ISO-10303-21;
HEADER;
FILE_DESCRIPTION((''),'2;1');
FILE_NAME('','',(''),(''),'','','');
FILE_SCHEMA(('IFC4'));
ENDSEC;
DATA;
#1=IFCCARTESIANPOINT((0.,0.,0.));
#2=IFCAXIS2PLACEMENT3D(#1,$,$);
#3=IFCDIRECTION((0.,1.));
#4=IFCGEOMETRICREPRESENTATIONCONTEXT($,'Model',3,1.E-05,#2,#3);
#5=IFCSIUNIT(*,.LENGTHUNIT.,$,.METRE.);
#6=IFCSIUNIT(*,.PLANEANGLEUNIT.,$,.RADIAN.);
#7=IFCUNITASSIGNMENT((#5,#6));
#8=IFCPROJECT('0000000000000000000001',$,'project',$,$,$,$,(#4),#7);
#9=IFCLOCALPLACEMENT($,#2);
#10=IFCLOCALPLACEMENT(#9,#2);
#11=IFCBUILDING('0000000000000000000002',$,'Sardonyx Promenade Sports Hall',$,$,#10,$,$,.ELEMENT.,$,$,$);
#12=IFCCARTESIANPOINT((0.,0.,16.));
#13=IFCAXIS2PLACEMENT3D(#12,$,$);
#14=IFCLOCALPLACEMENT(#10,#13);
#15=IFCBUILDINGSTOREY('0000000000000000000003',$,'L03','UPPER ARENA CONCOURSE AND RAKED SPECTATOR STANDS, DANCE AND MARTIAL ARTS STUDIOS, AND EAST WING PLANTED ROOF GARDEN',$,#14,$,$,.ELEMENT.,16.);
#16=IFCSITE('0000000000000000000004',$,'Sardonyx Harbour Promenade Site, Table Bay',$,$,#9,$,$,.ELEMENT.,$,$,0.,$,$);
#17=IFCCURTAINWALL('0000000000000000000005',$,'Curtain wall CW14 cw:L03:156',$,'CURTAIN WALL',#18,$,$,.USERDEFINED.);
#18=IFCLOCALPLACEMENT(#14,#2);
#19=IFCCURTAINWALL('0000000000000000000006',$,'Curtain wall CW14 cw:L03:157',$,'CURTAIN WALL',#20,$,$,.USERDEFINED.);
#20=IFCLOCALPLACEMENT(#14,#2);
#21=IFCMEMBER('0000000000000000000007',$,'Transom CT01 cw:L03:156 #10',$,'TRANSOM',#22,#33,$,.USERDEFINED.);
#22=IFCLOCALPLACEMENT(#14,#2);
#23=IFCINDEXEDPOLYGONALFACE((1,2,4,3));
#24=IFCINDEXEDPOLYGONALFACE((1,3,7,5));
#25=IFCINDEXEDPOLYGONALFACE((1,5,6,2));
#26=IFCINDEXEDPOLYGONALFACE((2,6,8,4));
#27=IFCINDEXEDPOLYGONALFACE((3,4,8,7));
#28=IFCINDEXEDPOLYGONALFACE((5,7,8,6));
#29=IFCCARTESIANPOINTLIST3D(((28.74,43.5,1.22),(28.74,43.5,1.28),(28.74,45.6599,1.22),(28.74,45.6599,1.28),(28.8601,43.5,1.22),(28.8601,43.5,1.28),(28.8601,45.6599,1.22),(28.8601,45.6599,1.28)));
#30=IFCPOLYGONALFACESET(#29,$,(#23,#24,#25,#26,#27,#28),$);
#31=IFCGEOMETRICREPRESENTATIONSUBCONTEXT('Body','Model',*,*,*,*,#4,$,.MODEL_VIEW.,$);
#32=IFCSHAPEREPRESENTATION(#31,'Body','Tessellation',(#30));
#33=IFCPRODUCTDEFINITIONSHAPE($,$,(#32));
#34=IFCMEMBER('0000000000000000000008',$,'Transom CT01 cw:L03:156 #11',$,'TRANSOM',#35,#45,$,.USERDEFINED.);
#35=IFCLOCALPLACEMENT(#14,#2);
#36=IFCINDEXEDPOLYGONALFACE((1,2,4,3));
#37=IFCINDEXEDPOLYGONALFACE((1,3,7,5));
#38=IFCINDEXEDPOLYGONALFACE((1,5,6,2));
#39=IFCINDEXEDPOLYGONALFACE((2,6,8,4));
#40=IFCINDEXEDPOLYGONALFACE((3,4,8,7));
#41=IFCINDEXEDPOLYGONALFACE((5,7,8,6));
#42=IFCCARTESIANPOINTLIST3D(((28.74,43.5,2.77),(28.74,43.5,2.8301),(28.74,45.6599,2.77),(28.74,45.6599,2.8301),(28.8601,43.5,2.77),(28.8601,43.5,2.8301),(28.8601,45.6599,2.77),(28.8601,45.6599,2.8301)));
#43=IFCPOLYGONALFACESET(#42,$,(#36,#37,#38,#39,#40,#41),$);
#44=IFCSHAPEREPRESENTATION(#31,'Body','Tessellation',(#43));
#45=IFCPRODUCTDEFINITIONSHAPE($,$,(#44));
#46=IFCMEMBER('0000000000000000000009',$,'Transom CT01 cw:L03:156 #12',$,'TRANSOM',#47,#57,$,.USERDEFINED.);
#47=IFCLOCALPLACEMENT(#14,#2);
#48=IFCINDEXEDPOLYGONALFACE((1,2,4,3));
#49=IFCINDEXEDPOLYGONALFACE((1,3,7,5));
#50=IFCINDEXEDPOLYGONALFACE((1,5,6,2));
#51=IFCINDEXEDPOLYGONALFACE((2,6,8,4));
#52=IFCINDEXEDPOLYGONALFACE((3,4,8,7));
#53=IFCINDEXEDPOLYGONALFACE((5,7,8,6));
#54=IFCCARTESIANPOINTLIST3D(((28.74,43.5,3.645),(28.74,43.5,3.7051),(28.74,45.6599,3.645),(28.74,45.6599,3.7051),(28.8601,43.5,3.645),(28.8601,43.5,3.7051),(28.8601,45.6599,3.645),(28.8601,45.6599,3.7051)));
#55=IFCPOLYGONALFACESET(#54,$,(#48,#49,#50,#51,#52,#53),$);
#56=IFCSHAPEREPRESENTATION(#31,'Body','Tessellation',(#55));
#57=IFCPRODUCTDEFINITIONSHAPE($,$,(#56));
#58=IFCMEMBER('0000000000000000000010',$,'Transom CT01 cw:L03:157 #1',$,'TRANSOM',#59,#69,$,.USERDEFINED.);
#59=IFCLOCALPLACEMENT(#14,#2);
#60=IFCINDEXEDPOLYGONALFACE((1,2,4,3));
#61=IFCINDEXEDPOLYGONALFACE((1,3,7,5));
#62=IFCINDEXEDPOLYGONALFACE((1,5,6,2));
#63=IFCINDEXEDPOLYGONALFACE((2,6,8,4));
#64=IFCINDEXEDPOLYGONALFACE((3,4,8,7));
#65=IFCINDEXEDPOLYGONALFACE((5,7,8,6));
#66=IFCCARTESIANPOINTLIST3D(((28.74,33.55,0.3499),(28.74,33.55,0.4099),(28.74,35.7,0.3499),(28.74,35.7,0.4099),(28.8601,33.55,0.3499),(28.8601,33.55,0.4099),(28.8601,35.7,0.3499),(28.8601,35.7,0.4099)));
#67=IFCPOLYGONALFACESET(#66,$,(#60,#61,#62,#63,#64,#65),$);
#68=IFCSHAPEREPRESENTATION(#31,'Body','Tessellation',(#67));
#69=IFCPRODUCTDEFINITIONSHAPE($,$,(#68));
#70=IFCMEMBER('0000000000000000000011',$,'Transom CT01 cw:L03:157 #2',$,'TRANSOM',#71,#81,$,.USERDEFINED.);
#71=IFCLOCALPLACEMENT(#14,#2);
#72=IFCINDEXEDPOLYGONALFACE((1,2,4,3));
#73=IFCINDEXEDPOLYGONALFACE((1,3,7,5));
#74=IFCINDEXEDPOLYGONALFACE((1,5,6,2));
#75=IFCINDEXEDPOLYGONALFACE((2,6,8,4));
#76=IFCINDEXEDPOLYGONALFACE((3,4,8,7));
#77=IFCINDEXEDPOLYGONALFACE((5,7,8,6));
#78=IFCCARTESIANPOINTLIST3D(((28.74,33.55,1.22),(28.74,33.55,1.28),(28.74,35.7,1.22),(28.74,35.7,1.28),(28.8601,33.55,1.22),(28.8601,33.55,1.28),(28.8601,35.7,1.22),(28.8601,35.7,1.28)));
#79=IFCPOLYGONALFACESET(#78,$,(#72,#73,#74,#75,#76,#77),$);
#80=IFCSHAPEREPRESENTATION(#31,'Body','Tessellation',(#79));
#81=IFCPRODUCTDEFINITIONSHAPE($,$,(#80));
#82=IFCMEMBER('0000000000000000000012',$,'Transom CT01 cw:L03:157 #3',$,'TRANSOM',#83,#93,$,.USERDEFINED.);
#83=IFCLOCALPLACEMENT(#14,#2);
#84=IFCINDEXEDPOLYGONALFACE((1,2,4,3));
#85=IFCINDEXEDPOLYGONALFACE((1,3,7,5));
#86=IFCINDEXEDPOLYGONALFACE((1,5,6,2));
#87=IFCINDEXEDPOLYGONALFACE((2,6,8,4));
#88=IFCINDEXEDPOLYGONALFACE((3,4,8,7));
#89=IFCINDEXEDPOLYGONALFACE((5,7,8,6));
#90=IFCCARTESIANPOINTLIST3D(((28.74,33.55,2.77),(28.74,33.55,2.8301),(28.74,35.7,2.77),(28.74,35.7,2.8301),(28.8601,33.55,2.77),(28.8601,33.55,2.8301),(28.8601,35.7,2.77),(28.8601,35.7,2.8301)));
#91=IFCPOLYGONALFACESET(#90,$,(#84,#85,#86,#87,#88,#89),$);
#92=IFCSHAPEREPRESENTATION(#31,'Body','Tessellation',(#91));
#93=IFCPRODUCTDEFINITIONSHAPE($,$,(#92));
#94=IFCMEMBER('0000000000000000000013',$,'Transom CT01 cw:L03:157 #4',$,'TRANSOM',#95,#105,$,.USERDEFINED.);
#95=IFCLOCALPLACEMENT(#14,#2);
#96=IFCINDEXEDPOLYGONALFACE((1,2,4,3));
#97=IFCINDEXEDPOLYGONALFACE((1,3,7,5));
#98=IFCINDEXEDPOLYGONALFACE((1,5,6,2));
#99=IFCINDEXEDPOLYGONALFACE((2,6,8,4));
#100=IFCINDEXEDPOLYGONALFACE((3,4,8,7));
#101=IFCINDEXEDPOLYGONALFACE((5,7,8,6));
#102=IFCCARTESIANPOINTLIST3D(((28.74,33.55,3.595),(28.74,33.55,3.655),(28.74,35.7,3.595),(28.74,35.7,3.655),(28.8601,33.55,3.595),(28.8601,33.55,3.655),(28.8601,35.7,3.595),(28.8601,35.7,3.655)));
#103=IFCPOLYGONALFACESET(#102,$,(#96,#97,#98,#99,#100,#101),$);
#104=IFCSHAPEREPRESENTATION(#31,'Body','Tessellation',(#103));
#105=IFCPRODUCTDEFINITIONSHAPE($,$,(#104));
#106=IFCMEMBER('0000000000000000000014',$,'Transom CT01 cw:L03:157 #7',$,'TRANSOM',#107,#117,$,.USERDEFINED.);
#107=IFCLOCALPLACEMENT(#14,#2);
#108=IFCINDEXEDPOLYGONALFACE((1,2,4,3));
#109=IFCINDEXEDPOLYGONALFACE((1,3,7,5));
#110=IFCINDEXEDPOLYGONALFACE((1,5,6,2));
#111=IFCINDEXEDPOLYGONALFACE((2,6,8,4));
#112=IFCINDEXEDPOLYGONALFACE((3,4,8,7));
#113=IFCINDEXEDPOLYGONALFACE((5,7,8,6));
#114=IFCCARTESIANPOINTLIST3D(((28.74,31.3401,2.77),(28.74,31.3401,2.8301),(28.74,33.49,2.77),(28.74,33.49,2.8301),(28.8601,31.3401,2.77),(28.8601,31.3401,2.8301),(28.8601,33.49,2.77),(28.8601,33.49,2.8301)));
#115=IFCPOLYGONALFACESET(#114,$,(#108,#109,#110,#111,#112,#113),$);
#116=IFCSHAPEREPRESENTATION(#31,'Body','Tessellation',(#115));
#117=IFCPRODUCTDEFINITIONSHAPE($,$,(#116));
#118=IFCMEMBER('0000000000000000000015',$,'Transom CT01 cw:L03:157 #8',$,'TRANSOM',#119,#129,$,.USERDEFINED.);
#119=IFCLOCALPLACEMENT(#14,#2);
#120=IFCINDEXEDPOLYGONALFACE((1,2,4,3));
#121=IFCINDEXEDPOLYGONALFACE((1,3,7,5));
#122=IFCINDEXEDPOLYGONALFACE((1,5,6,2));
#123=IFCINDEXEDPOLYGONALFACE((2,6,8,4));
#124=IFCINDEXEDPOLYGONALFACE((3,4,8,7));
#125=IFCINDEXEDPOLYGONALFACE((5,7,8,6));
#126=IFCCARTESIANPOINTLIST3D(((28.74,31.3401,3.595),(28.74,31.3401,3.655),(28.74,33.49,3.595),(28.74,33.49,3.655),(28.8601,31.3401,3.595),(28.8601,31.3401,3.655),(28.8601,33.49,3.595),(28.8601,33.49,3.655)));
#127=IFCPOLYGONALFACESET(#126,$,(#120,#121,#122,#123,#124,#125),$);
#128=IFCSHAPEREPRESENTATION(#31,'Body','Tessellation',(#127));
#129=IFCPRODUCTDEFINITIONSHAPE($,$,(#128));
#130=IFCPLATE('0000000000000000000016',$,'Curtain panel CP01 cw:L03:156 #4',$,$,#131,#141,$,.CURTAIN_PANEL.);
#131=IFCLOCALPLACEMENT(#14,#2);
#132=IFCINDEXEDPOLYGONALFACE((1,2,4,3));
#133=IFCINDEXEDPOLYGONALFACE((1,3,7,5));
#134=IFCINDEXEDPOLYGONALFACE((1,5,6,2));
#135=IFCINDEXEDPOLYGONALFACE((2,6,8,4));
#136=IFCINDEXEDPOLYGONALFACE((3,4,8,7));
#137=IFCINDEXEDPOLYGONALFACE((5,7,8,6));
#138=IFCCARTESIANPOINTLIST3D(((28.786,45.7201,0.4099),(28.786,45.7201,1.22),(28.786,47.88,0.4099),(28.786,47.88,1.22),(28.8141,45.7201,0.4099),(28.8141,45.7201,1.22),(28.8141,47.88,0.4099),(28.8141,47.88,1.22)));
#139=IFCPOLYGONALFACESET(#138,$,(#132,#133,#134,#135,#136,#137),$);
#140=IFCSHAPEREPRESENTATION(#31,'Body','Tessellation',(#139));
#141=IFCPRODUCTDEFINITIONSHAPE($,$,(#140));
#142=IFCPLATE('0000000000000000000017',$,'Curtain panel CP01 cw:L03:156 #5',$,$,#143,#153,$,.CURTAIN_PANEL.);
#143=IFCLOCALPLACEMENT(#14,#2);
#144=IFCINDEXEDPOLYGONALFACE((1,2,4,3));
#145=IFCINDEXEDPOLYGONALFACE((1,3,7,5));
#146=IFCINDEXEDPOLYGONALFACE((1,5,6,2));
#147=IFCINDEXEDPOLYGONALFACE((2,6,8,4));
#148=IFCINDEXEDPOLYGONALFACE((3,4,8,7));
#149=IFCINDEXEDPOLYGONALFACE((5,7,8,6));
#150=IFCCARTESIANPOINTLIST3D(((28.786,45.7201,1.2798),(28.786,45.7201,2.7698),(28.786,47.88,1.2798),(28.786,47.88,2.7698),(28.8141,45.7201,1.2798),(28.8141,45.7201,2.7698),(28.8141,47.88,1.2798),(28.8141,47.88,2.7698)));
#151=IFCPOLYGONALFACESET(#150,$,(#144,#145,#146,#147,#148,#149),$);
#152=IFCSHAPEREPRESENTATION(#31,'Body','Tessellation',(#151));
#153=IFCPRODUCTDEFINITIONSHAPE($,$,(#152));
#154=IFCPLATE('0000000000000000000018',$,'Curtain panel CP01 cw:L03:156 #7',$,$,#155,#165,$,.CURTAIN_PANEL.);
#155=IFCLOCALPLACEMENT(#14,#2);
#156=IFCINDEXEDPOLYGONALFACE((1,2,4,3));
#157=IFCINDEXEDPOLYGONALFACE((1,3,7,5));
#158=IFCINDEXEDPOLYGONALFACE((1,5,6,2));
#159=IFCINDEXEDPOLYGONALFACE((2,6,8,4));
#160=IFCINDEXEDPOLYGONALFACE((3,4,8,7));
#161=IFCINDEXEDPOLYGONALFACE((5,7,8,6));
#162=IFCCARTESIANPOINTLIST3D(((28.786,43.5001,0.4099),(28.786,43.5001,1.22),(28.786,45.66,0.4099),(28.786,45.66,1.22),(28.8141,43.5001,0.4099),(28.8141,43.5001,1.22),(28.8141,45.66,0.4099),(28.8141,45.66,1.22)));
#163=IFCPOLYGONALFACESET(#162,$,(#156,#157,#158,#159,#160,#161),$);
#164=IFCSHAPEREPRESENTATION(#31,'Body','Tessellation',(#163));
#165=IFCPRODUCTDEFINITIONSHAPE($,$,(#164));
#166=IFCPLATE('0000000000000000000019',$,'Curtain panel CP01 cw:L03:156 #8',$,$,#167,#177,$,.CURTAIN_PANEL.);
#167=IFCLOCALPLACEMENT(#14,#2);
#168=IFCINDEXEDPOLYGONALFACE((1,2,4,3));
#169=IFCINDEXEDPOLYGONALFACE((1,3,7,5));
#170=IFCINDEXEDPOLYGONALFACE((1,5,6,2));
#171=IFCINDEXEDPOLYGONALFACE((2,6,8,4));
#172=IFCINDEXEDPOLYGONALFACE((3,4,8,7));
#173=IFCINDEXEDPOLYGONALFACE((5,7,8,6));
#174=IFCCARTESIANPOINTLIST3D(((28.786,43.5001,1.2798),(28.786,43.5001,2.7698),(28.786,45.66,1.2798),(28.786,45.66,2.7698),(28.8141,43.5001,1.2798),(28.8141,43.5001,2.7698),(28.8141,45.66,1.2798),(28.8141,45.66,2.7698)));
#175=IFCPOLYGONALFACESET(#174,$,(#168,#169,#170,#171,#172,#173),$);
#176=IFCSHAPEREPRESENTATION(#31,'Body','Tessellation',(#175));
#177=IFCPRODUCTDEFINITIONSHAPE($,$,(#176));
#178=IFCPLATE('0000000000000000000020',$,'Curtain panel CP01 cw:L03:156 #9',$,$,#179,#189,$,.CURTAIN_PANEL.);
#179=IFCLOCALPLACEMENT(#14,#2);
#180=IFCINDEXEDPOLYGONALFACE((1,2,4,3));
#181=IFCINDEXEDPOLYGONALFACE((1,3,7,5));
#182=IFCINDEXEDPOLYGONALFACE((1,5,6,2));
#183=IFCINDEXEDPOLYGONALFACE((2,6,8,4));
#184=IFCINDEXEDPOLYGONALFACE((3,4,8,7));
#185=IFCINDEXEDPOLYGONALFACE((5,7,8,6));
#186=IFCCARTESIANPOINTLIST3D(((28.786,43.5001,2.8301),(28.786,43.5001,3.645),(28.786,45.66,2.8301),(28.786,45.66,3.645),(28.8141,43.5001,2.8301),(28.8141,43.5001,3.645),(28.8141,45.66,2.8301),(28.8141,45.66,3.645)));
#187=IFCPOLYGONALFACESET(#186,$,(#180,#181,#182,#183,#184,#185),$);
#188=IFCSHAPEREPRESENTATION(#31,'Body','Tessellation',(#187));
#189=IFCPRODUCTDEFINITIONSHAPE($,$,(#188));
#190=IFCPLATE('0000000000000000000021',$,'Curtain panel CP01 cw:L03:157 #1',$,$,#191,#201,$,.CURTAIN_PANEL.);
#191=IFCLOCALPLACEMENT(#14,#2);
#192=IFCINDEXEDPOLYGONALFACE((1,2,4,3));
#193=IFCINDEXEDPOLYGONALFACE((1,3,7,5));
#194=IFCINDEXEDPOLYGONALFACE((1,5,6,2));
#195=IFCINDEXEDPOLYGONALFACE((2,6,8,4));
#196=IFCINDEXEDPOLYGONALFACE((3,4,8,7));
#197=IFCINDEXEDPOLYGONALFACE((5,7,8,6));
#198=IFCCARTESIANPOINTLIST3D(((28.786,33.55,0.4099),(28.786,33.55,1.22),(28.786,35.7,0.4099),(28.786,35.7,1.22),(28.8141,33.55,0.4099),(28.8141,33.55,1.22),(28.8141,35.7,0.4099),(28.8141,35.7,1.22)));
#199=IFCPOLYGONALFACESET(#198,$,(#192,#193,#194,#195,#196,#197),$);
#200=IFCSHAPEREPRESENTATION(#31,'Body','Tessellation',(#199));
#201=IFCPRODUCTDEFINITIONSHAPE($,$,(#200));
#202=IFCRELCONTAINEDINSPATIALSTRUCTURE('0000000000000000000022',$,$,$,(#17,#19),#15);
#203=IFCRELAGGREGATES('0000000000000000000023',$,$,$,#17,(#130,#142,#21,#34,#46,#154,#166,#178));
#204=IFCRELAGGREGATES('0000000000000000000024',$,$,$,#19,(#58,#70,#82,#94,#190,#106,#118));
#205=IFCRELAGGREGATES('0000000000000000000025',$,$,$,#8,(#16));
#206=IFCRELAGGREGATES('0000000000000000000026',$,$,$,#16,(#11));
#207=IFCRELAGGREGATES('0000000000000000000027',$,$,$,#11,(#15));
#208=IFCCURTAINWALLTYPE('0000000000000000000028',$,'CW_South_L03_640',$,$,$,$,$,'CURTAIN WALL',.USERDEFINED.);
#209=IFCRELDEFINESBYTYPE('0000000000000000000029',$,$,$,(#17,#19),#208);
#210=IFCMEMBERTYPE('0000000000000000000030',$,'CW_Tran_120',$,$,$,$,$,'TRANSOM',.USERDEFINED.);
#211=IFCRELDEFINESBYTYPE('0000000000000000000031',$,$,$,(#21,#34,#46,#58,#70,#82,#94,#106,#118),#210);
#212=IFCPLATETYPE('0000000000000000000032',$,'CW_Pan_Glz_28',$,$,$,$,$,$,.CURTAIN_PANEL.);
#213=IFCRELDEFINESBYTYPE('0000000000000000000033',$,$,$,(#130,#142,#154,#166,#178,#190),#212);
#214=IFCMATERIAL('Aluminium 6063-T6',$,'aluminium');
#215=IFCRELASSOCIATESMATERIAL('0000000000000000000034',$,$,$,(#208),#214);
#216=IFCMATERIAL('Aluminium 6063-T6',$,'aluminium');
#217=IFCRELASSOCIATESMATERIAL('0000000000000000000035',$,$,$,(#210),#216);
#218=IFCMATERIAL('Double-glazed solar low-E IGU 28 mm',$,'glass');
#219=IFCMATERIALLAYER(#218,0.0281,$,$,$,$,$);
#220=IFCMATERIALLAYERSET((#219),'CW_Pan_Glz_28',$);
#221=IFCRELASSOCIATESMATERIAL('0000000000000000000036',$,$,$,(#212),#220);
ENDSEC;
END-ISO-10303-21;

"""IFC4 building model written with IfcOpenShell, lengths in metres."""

from ifc_helpers import new_model, si_unit, direction, frame, origin, origin_2d, place, context, subcontext, project, spatial, rectangle, extrude, material, layer, layer_set, material_profile, profile_set, type_object, element, aggregate, save


model = new_model("IFC4")

# Units and contexts
model_context = context("Model", 3, precision=1e-05, world=origin(), true_north=direction((0.0, 1.0)))
body_context = subcontext(model_context, "Body", "Model", "MODEL_VIEW")
ifc_project = project(units=[si_unit("LENGTHUNIT", "METRE"), si_unit("PLANEANGLEUNIT", "RADIAN")], contexts=[model_context])

# Site, building, storey
site_placement = place(None, origin())
site = spatial("IfcSite", under=ifc_project, at=site_placement, Name="Sardonyx Harbour Promenade Site, Table Bay", CompositionType="ELEMENT", RefElevation=0.0)
building_placement = place(site_placement, origin())
building = spatial("IfcBuilding", under=site, at=building_placement, Name="Sardonyx Promenade Sports Hall", CompositionType="ELEMENT")
storey_placement = place(building_placement, frame((0.0, 0.0, 16.0)))
storey = spatial("IfcBuildingStorey", under=building, at=storey_placement, Name="L03", Description="UPPER ARENA CONCOURSE AND RAKED SPECTATOR STANDS, DANCE AND MARTIAL ARTS STUDIOS, AND EAST WING PLANTED ROOF GARDEN", CompositionType="ELEMENT", Elevation=16.0)

# Curtain walls
ifc_material_1 = material(Name="Aluminium 6063-T6", Category="aluminium")
curtain_wall_type = type_object("IfcCurtainWallType", Name="CW_South_L03_640", ElementType="CURTAIN WALL", PredefinedType="USERDEFINED", material=ifc_material_1)
curtain_wall_1_placement = place(storey_placement, origin())
curtain_wall_1 = element("IfcCurtainWall", 1, at=curtain_wall_1_placement, inside=storey, type_object=curtain_wall_type, Name="Curtain wall CW14 cw:L03:156", ObjectType="CURTAIN WALL", PredefinedType="USERDEFINED")
curtain_wall_2_placement = place(storey_placement, origin())
curtain_wall_2 = element("IfcCurtainWall", 2, at=curtain_wall_2_placement, inside=storey, type_object=curtain_wall_type, Name="Curtain wall CW14 cw:L03:157", ObjectType="CURTAIN WALL", PredefinedType="USERDEFINED")

# Members
ifc_material_2 = material(Name="Aluminium 6063-T6", Category="aluminium")
ifc_material_profile_1 = material_profile(ifc_material_2, rectangle(XDim=0.0601, YDim=0.1201, at=origin_2d()))
ifc_profile_set_1 = profile_set([ifc_material_profile_1], Name="Aluminium 6063-T6")
member_type_1 = type_object("IfcMemberType", Name="CW_Tran_120", ElementType="TRANSOM", PredefinedType="USERDEFINED", material=ifc_profile_set_1)
member_1_placement = place(storey_placement, frame((28.8, 45.6599, 1.25), z_axis=(0.0, -1.0, 0.0), x_axis=(0.0, 0.0, 1.0)))
member_1 = element("IfcMember", 3, at=member_1_placement, type_object=member_type_1, Name="Transom CT01 cw:L03:156 #10", ObjectType="TRANSOM", PredefinedType="USERDEFINED", context=body_context, shape_type="SweptSolid", body=[
    extrude(rectangle(XDim=0.0601, YDim=0.1201, at=origin_2d()), origin(), (0.0, 0.0, 1.0), 2.1599),
])
member_2_placement = place(storey_placement, frame((28.8, 45.6599, 2.8), z_axis=(0.0, -1.0, 0.0), x_axis=(0.0, 0.0, 1.0)))
member_2 = element("IfcMember", 4, at=member_2_placement, type_object=member_type_1, Name="Transom CT01 cw:L03:156 #11", ObjectType="TRANSOM", PredefinedType="USERDEFINED", context=body_context, shape_type="SweptSolid", body=[
    extrude(rectangle(XDim=0.0601, YDim=0.1201, at=origin_2d()), origin(), (0.0, 0.0, 1.0), 2.1599),
])
member_3_placement = place(storey_placement, frame((28.8, 45.6599, 3.675), z_axis=(0.0, -1.0, 0.0), x_axis=(0.0, 0.0, 1.0)))
member_3 = element("IfcMember", 5, at=member_3_placement, type_object=member_type_1, Name="Transom CT01 cw:L03:156 #12", ObjectType="TRANSOM", PredefinedType="USERDEFINED", context=body_context, shape_type="SweptSolid", body=[
    extrude(rectangle(XDim=0.0601, YDim=0.1201, at=origin_2d()), origin(), (0.0, 0.0, 1.0), 2.1599),
])
member_4_placement = place(storey_placement, frame((28.8, 35.7, 0.3799), z_axis=(0.0, -1.0, 0.0), x_axis=(0.0, 0.0, 1.0)))
member_4 = element("IfcMember", 6, at=member_4_placement, type_object=member_type_1, Name="Transom CT01 cw:L03:157 #1", ObjectType="TRANSOM", PredefinedType="USERDEFINED", context=body_context, shape_type="SweptSolid", body=[
    extrude(rectangle(XDim=0.0601, YDim=0.1201, at=origin_2d()), origin(), (0.0, 0.0, 1.0), 2.1499),
])
member_5_placement = place(storey_placement, frame((28.8, 35.7, 1.25), z_axis=(0.0, -1.0, 0.0), x_axis=(0.0, 0.0, 1.0)))
member_5 = element("IfcMember", 7, at=member_5_placement, type_object=member_type_1, Name="Transom CT01 cw:L03:157 #2", ObjectType="TRANSOM", PredefinedType="USERDEFINED", context=body_context, shape_type="SweptSolid", body=[
    extrude(rectangle(XDim=0.0601, YDim=0.1201, at=origin_2d()), origin(), (0.0, 0.0, 1.0), 2.1499),
])
member_6_placement = place(storey_placement, frame((28.8, 35.7, 2.8), z_axis=(0.0, -1.0, 0.0), x_axis=(0.0, 0.0, 1.0)))
member_6 = element("IfcMember", 8, at=member_6_placement, type_object=member_type_1, Name="Transom CT01 cw:L03:157 #3", ObjectType="TRANSOM", PredefinedType="USERDEFINED", context=body_context, shape_type="SweptSolid", body=[
    extrude(rectangle(XDim=0.0601, YDim=0.1201, at=origin_2d()), origin(), (0.0, 0.0, 1.0), 2.1499),
])
member_7_placement = place(storey_placement, frame((28.8, 35.7, 3.625), z_axis=(0.0, -1.0, 0.0), x_axis=(0.0, 0.0, 1.0)))
member_7 = element("IfcMember", 9, at=member_7_placement, type_object=member_type_1, Name="Transom CT01 cw:L03:157 #4", ObjectType="TRANSOM", PredefinedType="USERDEFINED", context=body_context, shape_type="SweptSolid", body=[
    extrude(rectangle(XDim=0.0601, YDim=0.1201, at=origin_2d()), origin(), (0.0, 0.0, 1.0), 2.1499),
])
member_8_placement = place(storey_placement, frame((28.8, 33.49, 2.8), z_axis=(0.0, -1.0, 0.0), x_axis=(0.0, 0.0, 1.0)))
member_8 = element("IfcMember", 10, at=member_8_placement, type_object=member_type_1, Name="Transom CT01 cw:L03:157 #7", ObjectType="TRANSOM", PredefinedType="USERDEFINED", context=body_context, shape_type="SweptSolid", body=[
    extrude(rectangle(XDim=0.0601, YDim=0.1201, at=origin_2d()), origin(), (0.0, 0.0, 1.0), 2.1499),
])
member_9_placement = place(storey_placement, frame((28.8, 33.49, 3.625), z_axis=(0.0, -1.0, 0.0), x_axis=(0.0, 0.0, 1.0)))
member_9 = element("IfcMember", 11, at=member_9_placement, type_object=member_type_1, Name="Transom CT01 cw:L03:157 #8", ObjectType="TRANSOM", PredefinedType="USERDEFINED", context=body_context, shape_type="SweptSolid", body=[
    extrude(rectangle(XDim=0.0601, YDim=0.1201, at=origin_2d()), origin(), (0.0, 0.0, 1.0), 2.1499),
])

# Plates
ifc_material_3 = material(Name="Double-glazed solar low-E IGU 28 mm", Category="glass")
ifc_layer_1 = layer(ifc_material_3, 0.0281)
ifc_layer_set_1 = layer_set([ifc_layer_1], Name="CW_Pan_Glz_28")
plate_type = type_object("IfcPlateType", Name="CW_Pan_Glz_28", PredefinedType="CURTAIN_PANEL", material=ifc_layer_set_1)
plate_1_placement = place(storey_placement, frame((28.8, 46.8, 0.4099), z_axis=(0.0, 0.0, 1.0), x_axis=(0.0, -1.0, 0.0)))
plate_1 = element("IfcPlate", 12, at=plate_1_placement, type_object=plate_type, Name="Curtain panel CP01 cw:L03:156 #4", PredefinedType="CURTAIN_PANEL", context=body_context, shape_type="SweptSolid", body=[
    extrude(rectangle(XDim=2.1599, YDim=0.0281, at=origin_2d()), origin(), (0.0, 0.0, 1.0), 0.8101),
])
plate_2_placement = place(storey_placement, frame((28.8, 46.8, 1.2798), z_axis=(0.0, 0.0, 1.0), x_axis=(0.0, -1.0, 0.0)))
plate_2 = element("IfcPlate", 13, at=plate_2_placement, type_object=plate_type, Name="Curtain panel CP01 cw:L03:156 #5", PredefinedType="CURTAIN_PANEL", context=body_context, shape_type="SweptSolid", body=[
    extrude(rectangle(XDim=2.1599, YDim=0.0281, at=origin_2d()), origin(), (0.0, 0.0, 1.0), 1.49),
])
plate_3_placement = place(storey_placement, frame((28.8, 44.5801, 0.4099), z_axis=(0.0, 0.0, 1.0), x_axis=(0.0, -1.0, 0.0)))
plate_3 = element("IfcPlate", 14, at=plate_3_placement, type_object=plate_type, Name="Curtain panel CP01 cw:L03:156 #7", PredefinedType="CURTAIN_PANEL", context=body_context, shape_type="SweptSolid", body=[
    extrude(rectangle(XDim=2.1599, YDim=0.0281, at=origin_2d()), origin(), (0.0, 0.0, 1.0), 0.8101),
])
plate_4_placement = place(storey_placement, frame((28.8, 44.5801, 1.2798), z_axis=(0.0, 0.0, 1.0), x_axis=(0.0, -1.0, 0.0)))
plate_4 = element("IfcPlate", 15, at=plate_4_placement, type_object=plate_type, Name="Curtain panel CP01 cw:L03:156 #8", PredefinedType="CURTAIN_PANEL", context=body_context, shape_type="SweptSolid", body=[
    extrude(rectangle(XDim=2.1599, YDim=0.0281, at=origin_2d()), origin(), (0.0, 0.0, 1.0), 1.49),
])
plate_5_placement = place(storey_placement, frame((28.8, 44.5801, 2.8301), z_axis=(0.0, 0.0, 1.0), x_axis=(0.0, -1.0, 0.0)))
plate_5 = element("IfcPlate", 16, at=plate_5_placement, type_object=plate_type, Name="Curtain panel CP01 cw:L03:156 #9", PredefinedType="CURTAIN_PANEL", context=body_context, shape_type="SweptSolid", body=[
    extrude(rectangle(XDim=2.1599, YDim=0.0281, at=origin_2d()), origin(), (0.0, 0.0, 1.0), 0.8149),
])
aggregate(curtain_wall_1, [plate_1, plate_2, member_1, member_2, member_3, plate_3, plate_4, plate_5])
plate_6_placement = place(storey_placement, frame((28.8, 34.625, 0.4099), z_axis=(0.0, 0.0, 1.0), x_axis=(0.0, -1.0, 0.0)))
plate_6 = element("IfcPlate", 17, at=plate_6_placement, type_object=plate_type, Name="Curtain panel CP01 cw:L03:157 #1", PredefinedType="CURTAIN_PANEL", context=body_context, shape_type="SweptSolid", body=[
    extrude(rectangle(XDim=2.1499, YDim=0.0281, at=origin_2d()), origin(), (0.0, 0.0, 1.0), 0.8101),
])
aggregate(curtain_wall_2, [member_4, member_5, member_6, member_7, plate_6, member_8, member_9])

save(model, "model.ifc")
